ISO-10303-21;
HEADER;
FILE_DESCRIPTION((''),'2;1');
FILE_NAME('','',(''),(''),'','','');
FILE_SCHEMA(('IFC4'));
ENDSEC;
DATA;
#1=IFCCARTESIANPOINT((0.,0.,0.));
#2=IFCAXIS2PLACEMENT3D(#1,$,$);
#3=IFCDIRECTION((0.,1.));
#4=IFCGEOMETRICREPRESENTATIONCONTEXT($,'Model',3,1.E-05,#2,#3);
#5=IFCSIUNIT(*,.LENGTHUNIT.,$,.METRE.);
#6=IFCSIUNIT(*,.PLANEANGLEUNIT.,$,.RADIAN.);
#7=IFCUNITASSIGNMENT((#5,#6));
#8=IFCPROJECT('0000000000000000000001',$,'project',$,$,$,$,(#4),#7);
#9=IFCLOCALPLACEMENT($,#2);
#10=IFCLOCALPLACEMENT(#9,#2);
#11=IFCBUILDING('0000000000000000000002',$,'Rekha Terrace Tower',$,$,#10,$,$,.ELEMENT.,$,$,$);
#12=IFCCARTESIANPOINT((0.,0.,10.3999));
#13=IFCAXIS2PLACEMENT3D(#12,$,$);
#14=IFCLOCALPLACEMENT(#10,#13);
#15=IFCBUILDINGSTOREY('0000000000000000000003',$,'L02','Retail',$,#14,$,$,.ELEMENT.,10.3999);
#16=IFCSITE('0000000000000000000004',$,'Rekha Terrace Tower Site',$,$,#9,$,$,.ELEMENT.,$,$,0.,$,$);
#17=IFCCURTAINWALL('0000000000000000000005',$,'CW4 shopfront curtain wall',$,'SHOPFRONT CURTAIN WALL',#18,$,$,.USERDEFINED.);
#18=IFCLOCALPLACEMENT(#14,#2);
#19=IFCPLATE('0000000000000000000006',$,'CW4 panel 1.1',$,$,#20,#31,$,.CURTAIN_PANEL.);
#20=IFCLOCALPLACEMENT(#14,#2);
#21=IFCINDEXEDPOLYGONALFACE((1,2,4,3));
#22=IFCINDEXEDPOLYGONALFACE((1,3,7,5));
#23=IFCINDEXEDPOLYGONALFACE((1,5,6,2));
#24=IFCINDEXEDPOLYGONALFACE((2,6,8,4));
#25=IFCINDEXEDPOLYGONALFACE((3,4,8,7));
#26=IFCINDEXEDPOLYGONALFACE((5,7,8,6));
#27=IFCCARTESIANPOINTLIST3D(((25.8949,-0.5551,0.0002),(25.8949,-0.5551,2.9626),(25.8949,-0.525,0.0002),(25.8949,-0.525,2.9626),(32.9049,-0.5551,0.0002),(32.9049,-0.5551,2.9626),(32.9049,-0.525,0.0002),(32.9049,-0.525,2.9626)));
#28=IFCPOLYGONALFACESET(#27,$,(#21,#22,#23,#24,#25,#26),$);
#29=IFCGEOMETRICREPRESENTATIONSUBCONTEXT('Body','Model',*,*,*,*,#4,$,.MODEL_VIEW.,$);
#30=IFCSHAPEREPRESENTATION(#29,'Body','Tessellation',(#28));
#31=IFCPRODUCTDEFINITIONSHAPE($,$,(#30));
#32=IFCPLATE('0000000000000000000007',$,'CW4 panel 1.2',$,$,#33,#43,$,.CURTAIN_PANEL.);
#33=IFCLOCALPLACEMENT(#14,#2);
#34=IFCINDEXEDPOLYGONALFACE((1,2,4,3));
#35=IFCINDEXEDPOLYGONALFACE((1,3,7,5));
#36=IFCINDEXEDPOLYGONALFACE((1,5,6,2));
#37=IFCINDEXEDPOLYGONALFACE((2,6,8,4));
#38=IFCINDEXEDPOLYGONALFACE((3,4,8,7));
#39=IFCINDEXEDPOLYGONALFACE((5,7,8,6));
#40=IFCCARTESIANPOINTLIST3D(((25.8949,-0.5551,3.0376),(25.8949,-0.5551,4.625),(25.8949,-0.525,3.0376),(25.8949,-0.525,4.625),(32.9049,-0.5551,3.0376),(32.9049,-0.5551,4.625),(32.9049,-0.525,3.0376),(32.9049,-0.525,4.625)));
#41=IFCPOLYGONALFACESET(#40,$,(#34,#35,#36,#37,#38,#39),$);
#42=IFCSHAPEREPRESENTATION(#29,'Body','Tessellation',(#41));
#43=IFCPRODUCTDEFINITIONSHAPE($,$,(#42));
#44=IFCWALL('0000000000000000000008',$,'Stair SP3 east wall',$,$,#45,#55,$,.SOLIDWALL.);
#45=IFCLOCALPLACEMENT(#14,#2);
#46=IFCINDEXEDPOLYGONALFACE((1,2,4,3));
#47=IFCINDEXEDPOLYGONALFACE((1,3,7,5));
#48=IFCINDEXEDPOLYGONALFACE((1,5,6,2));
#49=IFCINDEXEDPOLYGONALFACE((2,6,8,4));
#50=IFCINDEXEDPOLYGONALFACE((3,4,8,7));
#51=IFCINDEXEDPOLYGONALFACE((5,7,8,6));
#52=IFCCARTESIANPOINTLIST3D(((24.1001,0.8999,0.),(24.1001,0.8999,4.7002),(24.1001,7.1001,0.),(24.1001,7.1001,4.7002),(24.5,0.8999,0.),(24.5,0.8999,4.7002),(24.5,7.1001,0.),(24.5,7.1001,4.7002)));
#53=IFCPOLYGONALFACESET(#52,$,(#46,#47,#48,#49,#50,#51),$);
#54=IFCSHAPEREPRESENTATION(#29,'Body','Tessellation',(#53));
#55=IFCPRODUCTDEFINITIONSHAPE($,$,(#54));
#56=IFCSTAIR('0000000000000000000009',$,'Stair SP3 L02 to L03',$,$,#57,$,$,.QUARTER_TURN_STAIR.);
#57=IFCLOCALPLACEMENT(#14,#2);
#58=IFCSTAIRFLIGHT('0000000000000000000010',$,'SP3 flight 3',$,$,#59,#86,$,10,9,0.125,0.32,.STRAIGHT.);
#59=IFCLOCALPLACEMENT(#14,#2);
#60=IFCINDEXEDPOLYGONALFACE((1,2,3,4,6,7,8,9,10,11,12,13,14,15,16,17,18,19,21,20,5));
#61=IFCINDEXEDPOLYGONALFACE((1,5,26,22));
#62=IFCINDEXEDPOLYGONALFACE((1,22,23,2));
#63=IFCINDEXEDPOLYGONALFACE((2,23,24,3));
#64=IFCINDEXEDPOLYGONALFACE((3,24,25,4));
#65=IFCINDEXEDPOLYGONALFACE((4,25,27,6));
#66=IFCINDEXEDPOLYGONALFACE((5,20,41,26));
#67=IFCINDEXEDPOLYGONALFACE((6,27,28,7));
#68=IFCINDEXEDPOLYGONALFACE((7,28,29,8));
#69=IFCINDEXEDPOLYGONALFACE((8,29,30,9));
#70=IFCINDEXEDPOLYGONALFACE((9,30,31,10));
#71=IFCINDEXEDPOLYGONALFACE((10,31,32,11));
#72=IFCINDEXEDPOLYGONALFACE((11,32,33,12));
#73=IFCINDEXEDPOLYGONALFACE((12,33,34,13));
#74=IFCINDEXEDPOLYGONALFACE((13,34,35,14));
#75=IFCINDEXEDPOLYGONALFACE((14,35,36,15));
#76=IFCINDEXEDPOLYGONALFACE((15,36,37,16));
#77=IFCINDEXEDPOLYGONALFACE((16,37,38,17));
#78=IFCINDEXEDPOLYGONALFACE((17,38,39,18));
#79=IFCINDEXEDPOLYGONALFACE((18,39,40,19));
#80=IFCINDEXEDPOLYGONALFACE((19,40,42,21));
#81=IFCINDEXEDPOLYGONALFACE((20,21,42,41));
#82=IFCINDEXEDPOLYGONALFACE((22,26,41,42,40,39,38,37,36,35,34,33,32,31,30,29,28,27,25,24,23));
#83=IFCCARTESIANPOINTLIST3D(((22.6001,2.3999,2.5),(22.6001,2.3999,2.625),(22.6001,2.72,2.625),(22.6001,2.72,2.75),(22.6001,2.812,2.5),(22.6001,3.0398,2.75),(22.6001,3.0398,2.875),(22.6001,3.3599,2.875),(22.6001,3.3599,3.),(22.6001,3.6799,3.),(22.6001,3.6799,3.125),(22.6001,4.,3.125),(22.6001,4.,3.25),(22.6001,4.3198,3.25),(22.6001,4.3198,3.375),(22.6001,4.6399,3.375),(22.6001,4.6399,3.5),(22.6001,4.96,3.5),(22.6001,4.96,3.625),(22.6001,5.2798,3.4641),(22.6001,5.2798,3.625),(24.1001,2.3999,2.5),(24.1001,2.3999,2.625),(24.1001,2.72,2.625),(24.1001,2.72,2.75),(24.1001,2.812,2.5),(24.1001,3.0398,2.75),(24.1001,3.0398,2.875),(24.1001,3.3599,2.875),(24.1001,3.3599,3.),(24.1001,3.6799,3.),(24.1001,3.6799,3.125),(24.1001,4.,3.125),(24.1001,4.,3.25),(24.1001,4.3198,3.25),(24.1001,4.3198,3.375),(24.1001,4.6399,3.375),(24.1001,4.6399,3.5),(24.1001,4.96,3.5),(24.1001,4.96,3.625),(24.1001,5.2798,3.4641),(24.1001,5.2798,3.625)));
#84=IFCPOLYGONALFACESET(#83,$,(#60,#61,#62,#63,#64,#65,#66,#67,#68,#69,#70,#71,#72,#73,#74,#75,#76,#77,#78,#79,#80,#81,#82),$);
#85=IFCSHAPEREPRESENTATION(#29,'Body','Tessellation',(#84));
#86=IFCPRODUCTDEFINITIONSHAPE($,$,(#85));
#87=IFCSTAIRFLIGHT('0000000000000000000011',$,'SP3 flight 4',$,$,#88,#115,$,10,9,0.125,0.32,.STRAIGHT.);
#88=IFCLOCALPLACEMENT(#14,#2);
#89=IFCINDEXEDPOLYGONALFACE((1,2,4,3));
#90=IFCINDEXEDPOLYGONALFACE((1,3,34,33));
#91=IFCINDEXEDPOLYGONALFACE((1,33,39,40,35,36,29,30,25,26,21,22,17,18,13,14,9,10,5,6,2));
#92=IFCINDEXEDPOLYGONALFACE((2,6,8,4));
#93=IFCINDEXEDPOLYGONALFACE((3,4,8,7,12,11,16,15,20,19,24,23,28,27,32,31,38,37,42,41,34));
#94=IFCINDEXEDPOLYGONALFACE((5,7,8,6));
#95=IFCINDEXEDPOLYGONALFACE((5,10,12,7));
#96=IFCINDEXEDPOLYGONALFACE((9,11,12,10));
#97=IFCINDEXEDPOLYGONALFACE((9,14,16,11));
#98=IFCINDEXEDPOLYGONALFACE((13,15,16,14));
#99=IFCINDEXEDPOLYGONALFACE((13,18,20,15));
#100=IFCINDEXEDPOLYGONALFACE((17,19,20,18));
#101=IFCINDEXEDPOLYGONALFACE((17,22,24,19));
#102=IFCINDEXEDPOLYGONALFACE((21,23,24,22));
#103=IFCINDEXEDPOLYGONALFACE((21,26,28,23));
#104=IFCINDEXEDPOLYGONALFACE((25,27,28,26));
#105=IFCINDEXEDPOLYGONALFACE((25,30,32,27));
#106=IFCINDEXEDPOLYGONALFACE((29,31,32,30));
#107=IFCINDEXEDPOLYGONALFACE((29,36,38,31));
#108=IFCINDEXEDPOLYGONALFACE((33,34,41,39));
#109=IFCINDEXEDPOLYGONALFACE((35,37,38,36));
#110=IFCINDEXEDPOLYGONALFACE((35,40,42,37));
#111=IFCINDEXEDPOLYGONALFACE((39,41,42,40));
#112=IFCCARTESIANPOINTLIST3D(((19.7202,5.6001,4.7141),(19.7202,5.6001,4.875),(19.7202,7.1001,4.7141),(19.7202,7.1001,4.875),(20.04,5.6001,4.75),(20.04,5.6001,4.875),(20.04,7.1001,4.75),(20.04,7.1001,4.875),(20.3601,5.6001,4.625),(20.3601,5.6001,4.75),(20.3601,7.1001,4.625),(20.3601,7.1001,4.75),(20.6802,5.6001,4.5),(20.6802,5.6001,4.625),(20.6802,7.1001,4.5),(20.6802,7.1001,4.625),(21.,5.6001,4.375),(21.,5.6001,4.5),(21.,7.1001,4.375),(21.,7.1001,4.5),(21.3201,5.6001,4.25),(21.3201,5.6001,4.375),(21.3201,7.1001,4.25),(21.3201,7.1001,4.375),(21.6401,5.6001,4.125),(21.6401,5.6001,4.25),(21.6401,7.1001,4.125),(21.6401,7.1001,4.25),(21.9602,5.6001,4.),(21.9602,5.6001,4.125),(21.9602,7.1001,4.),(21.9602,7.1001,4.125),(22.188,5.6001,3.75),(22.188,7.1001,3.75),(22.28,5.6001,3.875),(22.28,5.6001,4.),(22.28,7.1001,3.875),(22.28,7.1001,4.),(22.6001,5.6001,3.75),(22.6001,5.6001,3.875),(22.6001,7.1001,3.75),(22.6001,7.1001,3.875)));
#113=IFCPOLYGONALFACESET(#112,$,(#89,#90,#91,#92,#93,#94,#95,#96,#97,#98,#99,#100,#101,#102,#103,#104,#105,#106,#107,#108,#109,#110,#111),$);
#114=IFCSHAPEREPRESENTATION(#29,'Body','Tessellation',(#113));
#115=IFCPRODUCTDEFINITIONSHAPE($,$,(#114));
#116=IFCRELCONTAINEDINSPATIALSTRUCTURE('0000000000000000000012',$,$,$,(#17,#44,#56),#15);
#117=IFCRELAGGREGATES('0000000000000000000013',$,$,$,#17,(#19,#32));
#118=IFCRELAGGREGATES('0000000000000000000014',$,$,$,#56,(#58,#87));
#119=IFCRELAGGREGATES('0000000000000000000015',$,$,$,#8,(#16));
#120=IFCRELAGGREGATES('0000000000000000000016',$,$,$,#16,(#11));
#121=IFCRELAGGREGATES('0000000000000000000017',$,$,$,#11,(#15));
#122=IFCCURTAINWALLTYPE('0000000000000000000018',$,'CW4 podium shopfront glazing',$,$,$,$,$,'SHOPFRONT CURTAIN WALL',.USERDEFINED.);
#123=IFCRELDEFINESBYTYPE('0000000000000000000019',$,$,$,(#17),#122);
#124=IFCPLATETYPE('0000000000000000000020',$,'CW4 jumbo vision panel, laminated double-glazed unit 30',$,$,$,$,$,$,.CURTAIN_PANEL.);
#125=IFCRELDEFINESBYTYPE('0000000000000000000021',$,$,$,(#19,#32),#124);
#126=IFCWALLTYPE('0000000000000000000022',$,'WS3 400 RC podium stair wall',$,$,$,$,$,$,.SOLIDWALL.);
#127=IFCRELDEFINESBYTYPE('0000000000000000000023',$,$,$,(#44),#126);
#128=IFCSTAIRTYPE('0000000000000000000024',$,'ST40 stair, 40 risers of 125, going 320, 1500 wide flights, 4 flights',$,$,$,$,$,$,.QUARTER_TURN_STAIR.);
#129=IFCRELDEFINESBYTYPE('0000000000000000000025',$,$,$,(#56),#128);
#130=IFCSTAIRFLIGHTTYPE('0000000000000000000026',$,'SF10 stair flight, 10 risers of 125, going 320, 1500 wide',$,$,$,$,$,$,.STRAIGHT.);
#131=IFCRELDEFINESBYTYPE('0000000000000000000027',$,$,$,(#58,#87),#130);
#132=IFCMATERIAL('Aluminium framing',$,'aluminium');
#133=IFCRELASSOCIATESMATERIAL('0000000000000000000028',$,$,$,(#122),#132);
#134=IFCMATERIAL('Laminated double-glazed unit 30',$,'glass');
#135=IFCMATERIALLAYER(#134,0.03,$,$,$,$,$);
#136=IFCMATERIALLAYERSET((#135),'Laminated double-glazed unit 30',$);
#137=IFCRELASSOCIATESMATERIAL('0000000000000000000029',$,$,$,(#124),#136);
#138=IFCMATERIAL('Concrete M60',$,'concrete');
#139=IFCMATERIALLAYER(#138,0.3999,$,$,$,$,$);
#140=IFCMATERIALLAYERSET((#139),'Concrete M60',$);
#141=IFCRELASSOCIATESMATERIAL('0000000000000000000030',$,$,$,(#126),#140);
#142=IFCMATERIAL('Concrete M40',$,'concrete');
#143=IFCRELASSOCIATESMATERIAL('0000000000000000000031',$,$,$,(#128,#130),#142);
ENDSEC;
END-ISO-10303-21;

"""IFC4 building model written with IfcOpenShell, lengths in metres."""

from ifc_helpers import new_model, si_unit, direction, frame, frame_2d, origin, origin_2d, place, context, subcontext, project, spatial, polyline, rectangle, outline, extrude, material, layer, layer_set, type_object, element, aggregate, save


model = new_model("IFC4")

# Units and contexts
model_context = context("Model", 3, precision=1e-05, world=origin(), true_north=direction((0.0, 1.0)))
body_context = subcontext(model_context, "Body", "Model", "MODEL_VIEW")
ifc_project = project(units=[si_unit("LENGTHUNIT", "METRE"), si_unit("PLANEANGLEUNIT", "RADIAN")], contexts=[model_context])

# Site, building, storey
site_placement = place(None, origin())
site = spatial("IfcSite", under=ifc_project, at=site_placement, Name="Rekha Terrace Tower Site", CompositionType="ELEMENT", RefElevation=0.0)
building_placement = place(site_placement, origin())
building = spatial("IfcBuilding", under=site, at=building_placement, Name="Rekha Terrace Tower", CompositionType="ELEMENT")
storey_placement = place(building_placement, frame((0.0, 0.0, 10.3999)))
storey = spatial("IfcBuildingStorey", under=building, at=storey_placement, Name="L02", Description="Retail", CompositionType="ELEMENT", Elevation=10.3999)

# Shared definitions
ifc_material_1 = material(Name="Concrete M60", Category="concrete")

# Shared definitions
ifc_material_2 = material(Name="Aluminium framing", Category="aluminium")
curtain_wall_type = type_object("IfcCurtainWallType", Name="CW4 podium shopfront glazing", ElementType="SHOPFRONT CURTAIN WALL", PredefinedType="USERDEFINED", material=ifc_material_2)

# Curtain wall
curtain_wall_1_placement = place(storey_placement, origin())
curtain_wall_1 = element("IfcCurtainWall", 1, at=curtain_wall_1_placement, inside=storey, type_object=curtain_wall_type, Name="CW4 shopfront curtain wall", ObjectType="SHOPFRONT CURTAIN WALL", PredefinedType="USERDEFINED")

# Plates
ifc_material_3 = material(Name="Laminated double-glazed unit 30", Category="glass")
ifc_layer_1 = layer(ifc_material_3, 0.03)
ifc_layer_set_1 = layer_set([ifc_layer_1], Name="Laminated double-glazed unit 30")
plate_type = type_object("IfcPlateType", Name="CW4 jumbo vision panel, laminated double-glazed unit 30", PredefinedType="CURTAIN_PANEL", material=ifc_layer_set_1)
plate_1_placement = place(storey_placement, frame((29.3999, -0.54, 0.0002), z_axis=(0.0, 0.0, 1.0), x_axis=(1.0, 0.0, 0.0)))
plate_1 = element("IfcPlate", 2, at=plate_1_placement, type_object=plate_type, Name="CW4 panel 1.1", PredefinedType="CURTAIN_PANEL", context=body_context, shape_type="SweptSolid", body=[
    extrude(rectangle(XDim=7.01, YDim=0.03, at=origin_2d()), origin(), (0.0, 0.0, 1.0), 2.9624),
])
plate_2_placement = place(storey_placement, frame((29.3999, -0.54, 3.0376), z_axis=(0.0, 0.0, 1.0), x_axis=(1.0, 0.0, 0.0)))
plate_2 = element("IfcPlate", 3, at=plate_2_placement, type_object=plate_type, Name="CW4 panel 1.2", PredefinedType="CURTAIN_PANEL", context=body_context, shape_type="SweptSolid", body=[
    extrude(rectangle(XDim=7.01, YDim=0.03, at=origin_2d()), origin(), (0.0, 0.0, 1.0), 1.5874),
])
aggregate(curtain_wall_1, [plate_1, plate_2])

# Wall
ifc_layer_2 = layer(ifc_material_1, 0.3999)
ifc_layer_set_2 = layer_set([ifc_layer_2], Name="Concrete M60")
wall_type = type_object("IfcWallType", Name="WS3 400 RC podium stair wall", PredefinedType="SOLIDWALL", material=ifc_layer_set_2)
wall_placement = place(storey_placement, frame((24.3, 0.8999, 0.0), z_axis=(0.0, 0.0, 1.0), x_axis=(0.0, 1.0, 0.0)))
element("IfcWall", 4, at=wall_placement, inside=storey, type_object=wall_type, Name="Stair SP3 east wall", PredefinedType="SOLIDWALL", context=body_context, shape_type="SweptSolid", body=[
    extrude(rectangle(XDim=6.2002, YDim=0.3999, at=frame_2d((3.1001, 0.0))), origin(), (0.0, 0.0, 1.0), 4.7002),
])

# Stair, stair flights
ifc_material_4 = material(Name="Concrete M40", Category="concrete")
stair_type = type_object("IfcStairType", Name="ST40 stair, 40 risers of 125, going 320, 1500 wide flights, 4 flights", PredefinedType="QUARTER_TURN_STAIR", material=ifc_material_4)
stair_placement = place(storey_placement, origin())
stair = element("IfcStair", 5, at=stair_placement, inside=storey, type_object=stair_type, Name="Stair SP3 L02 to L03", PredefinedType="QUARTER_TURN_STAIR")
stair_flight_type = type_object("IfcStairFlightType", Name="SF10 stair flight, 10 risers of 125, going 320, 1500 wide", PredefinedType="STRAIGHT", material=ifc_material_4)
stair_flight_1_placement = place(storey_placement, frame((23.3501, 2.3999, 2.5), z_axis=(0.0, 0.0, 1.0), x_axis=(0.0, 1.0, 0.0)))
stair_flight_1 = element("IfcStairFlight", 6, at=stair_flight_1_placement, type_object=stair_flight_type, Name="SP3 flight 3", NumberOfRisers=10, NumberOfTreads=9, PredefinedType="STRAIGHT", RiserHeight=0.125, TreadLength=0.32, context=body_context, shape_type="SweptSolid", body=[
    extrude(outline(polyline([(0.0, 0.0), (0.0, 0.125), (0.3201, 0.125), (0.3201, 0.25), (0.6399, 0.25), (0.6399, 0.375), (0.96, 0.375), (0.96, 0.5), (1.28, 0.5), (1.28, 0.625), (1.6001, 0.625), (1.6001, 0.75), (1.9199, 0.75), (1.9199, 0.875), (2.24, 0.875), (2.24, 1.0), (2.5601, 1.0), (2.5601, 1.125), (2.8799, 1.125), (2.8799, 1.25), (2.8799, 0.9641), (0.4121, 0.0), (0.0, 0.0)])), frame((0.0, 0.75, 0.0), z_axis=(0.0, -1.0, 0.0), x_axis=(1.0, 0.0, 0.0)), (0.0, 0.0, 1.0), 1.5),
])
stair_flight_2_placement = place(storey_placement, frame((22.6001, 6.3501, 3.75), z_axis=(0.0, 0.0, 1.0), x_axis=(-1.0, 0.0, 0.0)))
stair_flight_2 = element("IfcStairFlight", 7, at=stair_flight_2_placement, type_object=stair_flight_type, Name="SP3 flight 4", NumberOfRisers=10, NumberOfTreads=9, PredefinedType="STRAIGHT", RiserHeight=0.125, TreadLength=0.32, context=body_context, shape_type="SweptSolid", body=[
    extrude(outline(polyline([(0.0, 0.0), (0.0, 0.125), (0.3201, 0.125), (0.3201, 0.25), (0.6399, 0.25), (0.6399, 0.375), (0.96, 0.375), (0.96, 0.5), (1.28, 0.5), (1.28, 0.625), (1.6001, 0.625), (1.6001, 0.75), (1.9199, 0.75), (1.9199, 0.875), (2.24, 0.875), (2.24, 1.0), (2.5601, 1.0), (2.5601, 1.125), (2.8799, 1.125), (2.8799, 1.25), (2.8799, 0.9641), (0.4121, 0.0), (0.0, 0.0)])), frame((0.0, 0.75, 0.0), z_axis=(0.0, -1.0, 0.0), x_axis=(1.0, 0.0, 0.0)), (0.0, 0.0, 1.0), 1.5),
])
aggregate(stair, [stair_flight_1, stair_flight_2])

save(model, "model.ifc")
